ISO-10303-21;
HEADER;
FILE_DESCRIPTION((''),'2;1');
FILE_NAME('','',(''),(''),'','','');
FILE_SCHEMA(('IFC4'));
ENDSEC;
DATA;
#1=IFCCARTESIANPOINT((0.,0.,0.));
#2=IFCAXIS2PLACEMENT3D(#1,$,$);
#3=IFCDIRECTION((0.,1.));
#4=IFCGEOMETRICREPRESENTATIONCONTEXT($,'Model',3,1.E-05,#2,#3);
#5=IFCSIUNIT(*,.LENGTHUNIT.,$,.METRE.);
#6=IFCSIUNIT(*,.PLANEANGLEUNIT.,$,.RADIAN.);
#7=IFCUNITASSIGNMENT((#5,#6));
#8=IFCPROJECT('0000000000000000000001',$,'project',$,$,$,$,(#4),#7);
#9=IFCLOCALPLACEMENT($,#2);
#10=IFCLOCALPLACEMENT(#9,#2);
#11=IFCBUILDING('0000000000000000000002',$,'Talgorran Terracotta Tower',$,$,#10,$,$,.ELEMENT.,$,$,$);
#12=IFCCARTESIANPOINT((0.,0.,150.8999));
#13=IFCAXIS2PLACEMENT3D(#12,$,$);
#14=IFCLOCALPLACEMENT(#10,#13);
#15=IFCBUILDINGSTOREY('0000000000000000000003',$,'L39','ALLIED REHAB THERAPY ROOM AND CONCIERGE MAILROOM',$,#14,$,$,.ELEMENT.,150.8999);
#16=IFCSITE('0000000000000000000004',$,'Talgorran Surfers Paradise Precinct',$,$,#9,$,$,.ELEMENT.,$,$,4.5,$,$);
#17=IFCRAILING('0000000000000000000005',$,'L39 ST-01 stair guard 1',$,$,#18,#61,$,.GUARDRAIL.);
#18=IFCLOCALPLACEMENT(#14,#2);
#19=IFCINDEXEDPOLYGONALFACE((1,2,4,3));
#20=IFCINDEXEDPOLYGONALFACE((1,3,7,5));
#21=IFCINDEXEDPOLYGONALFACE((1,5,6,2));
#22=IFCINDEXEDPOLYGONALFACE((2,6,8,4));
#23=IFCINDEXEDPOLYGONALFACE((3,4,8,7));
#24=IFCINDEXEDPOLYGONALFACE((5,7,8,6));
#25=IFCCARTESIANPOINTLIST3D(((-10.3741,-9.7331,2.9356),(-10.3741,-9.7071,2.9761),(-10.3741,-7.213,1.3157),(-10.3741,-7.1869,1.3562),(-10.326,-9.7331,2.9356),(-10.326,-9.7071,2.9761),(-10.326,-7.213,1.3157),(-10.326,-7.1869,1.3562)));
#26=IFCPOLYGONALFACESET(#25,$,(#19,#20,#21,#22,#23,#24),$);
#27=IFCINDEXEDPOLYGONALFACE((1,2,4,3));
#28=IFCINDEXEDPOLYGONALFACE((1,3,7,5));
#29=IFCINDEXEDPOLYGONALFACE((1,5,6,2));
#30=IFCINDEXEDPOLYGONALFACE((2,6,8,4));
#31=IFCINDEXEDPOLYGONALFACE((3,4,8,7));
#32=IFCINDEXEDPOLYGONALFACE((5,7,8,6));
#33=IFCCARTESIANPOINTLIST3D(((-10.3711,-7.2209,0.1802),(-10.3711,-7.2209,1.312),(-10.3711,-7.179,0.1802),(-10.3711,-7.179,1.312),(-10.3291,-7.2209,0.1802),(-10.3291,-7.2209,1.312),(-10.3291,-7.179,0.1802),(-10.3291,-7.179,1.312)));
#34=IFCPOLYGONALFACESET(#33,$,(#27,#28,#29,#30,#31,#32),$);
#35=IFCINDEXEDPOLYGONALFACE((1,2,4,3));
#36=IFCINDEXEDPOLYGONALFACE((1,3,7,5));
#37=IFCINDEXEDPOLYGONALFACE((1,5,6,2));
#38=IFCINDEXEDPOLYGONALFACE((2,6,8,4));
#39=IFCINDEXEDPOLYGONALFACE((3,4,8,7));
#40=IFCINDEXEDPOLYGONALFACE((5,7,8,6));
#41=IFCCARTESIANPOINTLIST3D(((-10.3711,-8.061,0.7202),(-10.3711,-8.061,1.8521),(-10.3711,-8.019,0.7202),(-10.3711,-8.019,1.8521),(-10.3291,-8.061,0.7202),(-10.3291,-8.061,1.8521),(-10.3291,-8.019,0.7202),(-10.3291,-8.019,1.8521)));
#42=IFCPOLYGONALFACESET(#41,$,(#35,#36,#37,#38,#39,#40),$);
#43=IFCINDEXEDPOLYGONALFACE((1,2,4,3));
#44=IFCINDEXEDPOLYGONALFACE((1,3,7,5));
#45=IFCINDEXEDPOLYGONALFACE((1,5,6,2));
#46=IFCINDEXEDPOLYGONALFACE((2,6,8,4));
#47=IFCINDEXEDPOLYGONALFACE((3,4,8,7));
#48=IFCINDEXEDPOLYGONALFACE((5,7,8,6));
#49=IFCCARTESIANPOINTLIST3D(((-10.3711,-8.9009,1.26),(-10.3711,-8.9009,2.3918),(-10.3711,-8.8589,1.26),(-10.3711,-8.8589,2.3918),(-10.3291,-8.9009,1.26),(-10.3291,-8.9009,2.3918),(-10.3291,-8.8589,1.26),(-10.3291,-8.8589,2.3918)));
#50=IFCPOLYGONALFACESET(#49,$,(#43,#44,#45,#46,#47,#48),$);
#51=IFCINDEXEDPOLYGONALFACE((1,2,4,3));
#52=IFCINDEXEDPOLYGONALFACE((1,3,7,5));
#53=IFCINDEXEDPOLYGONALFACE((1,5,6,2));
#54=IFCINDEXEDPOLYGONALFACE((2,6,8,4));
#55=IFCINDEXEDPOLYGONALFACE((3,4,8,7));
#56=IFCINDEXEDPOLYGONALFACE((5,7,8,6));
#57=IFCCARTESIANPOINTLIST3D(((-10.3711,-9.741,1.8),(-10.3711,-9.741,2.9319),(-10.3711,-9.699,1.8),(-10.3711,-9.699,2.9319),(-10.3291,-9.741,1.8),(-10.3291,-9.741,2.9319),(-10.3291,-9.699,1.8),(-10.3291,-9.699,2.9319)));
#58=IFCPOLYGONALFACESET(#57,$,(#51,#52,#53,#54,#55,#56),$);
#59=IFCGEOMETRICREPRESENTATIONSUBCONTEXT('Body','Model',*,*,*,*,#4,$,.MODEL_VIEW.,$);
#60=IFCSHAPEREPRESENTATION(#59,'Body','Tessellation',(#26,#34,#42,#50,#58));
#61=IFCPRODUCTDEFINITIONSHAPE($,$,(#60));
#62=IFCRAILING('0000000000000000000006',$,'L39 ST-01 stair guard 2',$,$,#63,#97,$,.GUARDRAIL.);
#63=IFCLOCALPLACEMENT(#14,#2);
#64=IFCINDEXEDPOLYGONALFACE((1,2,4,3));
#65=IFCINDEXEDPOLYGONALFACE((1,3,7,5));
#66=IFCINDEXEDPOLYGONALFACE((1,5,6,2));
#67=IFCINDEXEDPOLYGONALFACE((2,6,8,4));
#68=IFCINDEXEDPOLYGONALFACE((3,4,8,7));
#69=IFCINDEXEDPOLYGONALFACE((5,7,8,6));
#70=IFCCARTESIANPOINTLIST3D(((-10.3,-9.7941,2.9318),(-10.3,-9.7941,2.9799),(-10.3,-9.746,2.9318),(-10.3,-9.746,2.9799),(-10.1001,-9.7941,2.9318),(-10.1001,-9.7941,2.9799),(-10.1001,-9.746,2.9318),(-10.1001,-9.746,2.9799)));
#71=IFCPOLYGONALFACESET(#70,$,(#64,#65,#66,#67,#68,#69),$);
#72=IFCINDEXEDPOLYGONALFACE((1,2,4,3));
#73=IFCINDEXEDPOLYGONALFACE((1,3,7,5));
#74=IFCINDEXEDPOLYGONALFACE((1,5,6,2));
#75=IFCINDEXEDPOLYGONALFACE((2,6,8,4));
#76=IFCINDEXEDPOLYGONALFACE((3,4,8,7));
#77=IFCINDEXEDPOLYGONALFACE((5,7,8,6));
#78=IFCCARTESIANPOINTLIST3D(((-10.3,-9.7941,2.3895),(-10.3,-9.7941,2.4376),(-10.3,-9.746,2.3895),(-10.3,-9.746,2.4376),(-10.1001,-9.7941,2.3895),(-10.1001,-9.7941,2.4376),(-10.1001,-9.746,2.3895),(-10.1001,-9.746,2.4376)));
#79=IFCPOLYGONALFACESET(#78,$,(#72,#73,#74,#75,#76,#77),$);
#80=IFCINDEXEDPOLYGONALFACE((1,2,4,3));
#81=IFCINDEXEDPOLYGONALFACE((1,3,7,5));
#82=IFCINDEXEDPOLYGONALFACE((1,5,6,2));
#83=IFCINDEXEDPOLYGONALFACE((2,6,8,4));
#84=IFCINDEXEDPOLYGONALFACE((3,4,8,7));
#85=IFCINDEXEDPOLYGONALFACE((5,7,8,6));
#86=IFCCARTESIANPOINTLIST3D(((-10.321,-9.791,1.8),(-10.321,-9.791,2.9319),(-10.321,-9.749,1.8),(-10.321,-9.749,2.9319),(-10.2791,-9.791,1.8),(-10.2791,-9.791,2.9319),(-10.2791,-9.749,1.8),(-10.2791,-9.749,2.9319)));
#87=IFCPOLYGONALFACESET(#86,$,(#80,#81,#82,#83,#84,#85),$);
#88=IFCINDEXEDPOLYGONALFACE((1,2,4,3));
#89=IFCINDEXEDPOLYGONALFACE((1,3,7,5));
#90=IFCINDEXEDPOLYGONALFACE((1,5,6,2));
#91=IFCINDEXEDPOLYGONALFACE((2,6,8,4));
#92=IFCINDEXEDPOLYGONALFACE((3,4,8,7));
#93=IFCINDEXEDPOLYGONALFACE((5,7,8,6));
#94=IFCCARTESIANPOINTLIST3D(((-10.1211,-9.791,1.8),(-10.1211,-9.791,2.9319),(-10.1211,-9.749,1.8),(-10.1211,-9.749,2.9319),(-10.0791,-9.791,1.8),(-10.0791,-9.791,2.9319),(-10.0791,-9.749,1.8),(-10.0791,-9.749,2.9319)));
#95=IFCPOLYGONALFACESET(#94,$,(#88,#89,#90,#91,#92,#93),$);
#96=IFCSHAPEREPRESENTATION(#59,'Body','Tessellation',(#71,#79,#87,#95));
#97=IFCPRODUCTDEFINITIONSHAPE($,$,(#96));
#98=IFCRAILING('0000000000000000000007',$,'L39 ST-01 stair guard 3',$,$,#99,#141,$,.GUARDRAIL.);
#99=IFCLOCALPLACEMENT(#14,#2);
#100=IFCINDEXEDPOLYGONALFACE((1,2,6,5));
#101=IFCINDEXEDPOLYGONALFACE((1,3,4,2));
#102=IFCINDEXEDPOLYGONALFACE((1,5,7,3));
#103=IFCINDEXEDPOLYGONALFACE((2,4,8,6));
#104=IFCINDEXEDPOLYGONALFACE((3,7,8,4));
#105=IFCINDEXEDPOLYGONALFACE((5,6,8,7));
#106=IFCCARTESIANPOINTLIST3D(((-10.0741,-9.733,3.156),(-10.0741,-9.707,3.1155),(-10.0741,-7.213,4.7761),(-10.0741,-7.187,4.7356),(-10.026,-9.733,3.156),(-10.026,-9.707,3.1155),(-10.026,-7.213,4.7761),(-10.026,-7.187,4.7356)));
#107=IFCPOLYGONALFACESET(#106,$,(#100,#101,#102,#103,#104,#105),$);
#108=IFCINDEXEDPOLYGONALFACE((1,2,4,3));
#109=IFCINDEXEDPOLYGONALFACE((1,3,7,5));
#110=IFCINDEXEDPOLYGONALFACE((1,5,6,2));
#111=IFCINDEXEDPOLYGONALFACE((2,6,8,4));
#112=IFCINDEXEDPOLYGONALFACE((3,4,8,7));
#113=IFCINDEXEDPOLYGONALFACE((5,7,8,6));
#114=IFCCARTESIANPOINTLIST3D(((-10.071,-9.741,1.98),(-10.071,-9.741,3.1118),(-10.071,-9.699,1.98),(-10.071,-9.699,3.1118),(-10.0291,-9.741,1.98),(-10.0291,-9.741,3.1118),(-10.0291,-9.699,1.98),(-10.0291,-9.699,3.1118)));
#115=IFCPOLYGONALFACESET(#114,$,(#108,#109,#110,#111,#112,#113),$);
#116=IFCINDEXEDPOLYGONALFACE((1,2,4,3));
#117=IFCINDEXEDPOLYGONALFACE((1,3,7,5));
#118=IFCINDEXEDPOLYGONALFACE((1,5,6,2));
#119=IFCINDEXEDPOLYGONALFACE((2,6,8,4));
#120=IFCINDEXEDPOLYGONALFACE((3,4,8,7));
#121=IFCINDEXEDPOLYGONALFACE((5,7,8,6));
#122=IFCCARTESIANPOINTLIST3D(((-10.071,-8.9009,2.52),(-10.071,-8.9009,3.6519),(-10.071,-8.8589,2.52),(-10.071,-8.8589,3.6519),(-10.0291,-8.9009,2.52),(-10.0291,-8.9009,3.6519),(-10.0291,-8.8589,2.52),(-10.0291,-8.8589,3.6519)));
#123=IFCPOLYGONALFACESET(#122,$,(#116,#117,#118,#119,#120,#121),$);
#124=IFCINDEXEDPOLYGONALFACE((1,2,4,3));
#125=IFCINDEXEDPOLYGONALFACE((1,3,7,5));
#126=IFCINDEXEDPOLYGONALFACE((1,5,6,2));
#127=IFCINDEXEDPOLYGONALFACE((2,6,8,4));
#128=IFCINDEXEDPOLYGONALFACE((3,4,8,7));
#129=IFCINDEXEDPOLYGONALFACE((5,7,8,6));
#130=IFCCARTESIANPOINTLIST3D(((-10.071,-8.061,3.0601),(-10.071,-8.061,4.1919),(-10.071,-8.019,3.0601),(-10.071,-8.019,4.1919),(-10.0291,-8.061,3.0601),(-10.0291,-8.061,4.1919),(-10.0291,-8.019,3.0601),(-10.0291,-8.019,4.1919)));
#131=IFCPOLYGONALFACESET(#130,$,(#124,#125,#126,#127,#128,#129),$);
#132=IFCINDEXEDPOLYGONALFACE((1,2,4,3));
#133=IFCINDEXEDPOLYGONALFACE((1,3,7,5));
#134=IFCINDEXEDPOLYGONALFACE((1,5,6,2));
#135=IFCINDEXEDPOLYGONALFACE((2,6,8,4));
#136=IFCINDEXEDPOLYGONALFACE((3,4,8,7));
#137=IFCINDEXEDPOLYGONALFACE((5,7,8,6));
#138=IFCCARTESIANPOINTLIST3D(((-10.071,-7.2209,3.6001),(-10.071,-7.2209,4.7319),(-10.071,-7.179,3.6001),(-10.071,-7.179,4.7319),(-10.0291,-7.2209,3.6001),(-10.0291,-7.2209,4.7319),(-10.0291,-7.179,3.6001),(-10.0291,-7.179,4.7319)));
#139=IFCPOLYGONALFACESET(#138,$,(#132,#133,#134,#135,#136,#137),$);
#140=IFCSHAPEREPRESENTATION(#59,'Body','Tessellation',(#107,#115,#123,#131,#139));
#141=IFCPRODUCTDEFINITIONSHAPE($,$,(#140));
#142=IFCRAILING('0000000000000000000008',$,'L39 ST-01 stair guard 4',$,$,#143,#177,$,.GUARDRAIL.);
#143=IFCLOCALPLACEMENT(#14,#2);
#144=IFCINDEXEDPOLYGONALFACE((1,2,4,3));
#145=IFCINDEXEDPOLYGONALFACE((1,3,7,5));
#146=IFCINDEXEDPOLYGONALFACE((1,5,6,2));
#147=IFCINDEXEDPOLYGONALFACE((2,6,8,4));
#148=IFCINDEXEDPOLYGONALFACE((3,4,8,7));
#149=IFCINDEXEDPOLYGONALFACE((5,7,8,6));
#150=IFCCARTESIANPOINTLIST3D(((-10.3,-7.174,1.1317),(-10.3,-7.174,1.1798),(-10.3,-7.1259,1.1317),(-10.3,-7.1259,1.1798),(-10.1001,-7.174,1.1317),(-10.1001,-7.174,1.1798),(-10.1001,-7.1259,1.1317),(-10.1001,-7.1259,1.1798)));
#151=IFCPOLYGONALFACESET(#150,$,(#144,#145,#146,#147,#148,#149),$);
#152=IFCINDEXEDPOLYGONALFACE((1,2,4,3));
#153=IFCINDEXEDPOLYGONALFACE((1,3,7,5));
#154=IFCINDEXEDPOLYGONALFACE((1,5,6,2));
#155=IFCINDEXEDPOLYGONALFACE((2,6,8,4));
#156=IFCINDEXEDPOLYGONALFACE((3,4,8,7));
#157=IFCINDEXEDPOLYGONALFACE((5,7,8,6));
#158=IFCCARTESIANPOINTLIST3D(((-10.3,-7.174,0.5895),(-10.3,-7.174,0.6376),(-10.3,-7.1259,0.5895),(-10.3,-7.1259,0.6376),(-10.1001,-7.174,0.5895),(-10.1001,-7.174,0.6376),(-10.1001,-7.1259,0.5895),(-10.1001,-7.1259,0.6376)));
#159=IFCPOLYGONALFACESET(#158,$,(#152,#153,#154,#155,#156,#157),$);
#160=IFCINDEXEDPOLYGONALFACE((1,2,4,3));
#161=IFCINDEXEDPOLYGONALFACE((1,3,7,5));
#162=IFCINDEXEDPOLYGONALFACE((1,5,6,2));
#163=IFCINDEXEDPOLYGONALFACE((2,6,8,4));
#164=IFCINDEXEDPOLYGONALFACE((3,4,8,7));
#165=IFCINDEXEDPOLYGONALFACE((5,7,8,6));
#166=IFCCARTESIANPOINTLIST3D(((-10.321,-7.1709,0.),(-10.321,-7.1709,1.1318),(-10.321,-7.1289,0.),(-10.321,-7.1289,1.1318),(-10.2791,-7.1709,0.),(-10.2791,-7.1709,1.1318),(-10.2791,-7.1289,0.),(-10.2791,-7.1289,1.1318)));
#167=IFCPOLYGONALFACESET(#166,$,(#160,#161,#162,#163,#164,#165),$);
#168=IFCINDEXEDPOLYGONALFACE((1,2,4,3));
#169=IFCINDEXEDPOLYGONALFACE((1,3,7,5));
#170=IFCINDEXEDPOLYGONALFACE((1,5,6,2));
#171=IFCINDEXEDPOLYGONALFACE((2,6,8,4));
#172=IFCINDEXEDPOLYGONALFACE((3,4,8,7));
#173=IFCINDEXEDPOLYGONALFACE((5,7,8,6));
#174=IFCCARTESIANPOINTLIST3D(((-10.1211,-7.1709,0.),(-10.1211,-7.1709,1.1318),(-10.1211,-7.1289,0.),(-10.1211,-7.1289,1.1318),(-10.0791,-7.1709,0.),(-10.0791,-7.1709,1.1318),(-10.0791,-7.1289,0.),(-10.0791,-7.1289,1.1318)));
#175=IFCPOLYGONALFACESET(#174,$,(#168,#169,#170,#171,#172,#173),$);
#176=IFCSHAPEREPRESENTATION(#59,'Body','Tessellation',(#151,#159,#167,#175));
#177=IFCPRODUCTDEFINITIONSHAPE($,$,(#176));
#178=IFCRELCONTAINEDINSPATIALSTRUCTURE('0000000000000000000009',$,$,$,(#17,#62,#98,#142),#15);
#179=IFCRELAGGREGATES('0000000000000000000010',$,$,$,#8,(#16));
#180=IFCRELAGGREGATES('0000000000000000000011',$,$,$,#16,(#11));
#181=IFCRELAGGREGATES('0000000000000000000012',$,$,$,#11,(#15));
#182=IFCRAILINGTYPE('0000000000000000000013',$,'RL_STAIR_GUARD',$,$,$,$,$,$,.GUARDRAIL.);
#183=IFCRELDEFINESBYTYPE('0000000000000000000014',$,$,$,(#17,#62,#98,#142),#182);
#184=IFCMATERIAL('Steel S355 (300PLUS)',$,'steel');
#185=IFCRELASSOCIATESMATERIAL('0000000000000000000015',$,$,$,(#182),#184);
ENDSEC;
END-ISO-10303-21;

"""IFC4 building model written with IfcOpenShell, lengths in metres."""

from ifc_helpers import new_model, si_unit, direction, frame, origin, origin_2d, place, context, subcontext, project, spatial, rectangle, extrude, material, type_object, element, save


model = new_model("IFC4")

# Units and contexts
model_context = context("Model", 3, precision=1e-05, world=origin(), true_north=direction((0.0, 1.0)))
body_context = subcontext(model_context, "Body", "Model", "MODEL_VIEW")
ifc_project = project(units=[si_unit("LENGTHUNIT", "METRE"), si_unit("PLANEANGLEUNIT", "RADIAN")], contexts=[model_context])

# Site, building, storey
site_placement = place(None, origin())
site = spatial("IfcSite", under=ifc_project, at=site_placement, Name="Talgorran Surfers Paradise Precinct", CompositionType="ELEMENT", RefElevation=4.5)
building_placement = place(site_placement, origin())
building = spatial("IfcBuilding", under=site, at=building_placement, Name="Talgorran Terracotta Tower", CompositionType="ELEMENT")
storey_placement = place(building_placement, frame((0.0, 0.0, 150.8999)))
storey = spatial("IfcBuildingStorey", under=building, at=storey_placement, Name="L39", Description="ALLIED REHAB THERAPY ROOM AND CONCIERGE MAILROOM", CompositionType="ELEMENT", Elevation=150.8999)

# Shared definitions
ifc_material_1 = material(Name="Steel S355 (300PLUS)", Category="steel")

# Railings
railing_type_1 = type_object("IfcRailingType", Name="RL_STAIR_GUARD", PredefinedType="GUARDRAIL", material=ifc_material_1)
railing_1_placement = place(storey_placement, frame((-10.3501, -7.2, 0.1802)))
element("IfcRailing", 1, at=railing_1_placement, inside=storey, type_object=railing_type_1, Name="L39 ST-01 stair guard 1", PredefinedType="GUARDRAIL", context=body_context, shape_type="SweptSolid", body=[
    extrude(rectangle(XDim=0.0481, YDim=0.0481, at=origin_2d()), frame((0.0, 0.0, 1.1558), z_axis=(0.0, -0.8412, 0.540725), x_axis=(1.0, 0.0, 0.0)), (0.0, 0.0, 1.0), 2.9958),
    extrude(rectangle(XDim=0.042, YDim=0.042, at=origin_2d()), origin(), (0.0, 0.0, 1.0), 1.1318),
    extrude(rectangle(XDim=0.042, YDim=0.042, at=origin_2d()), frame((0.0, -0.8401, 0.54)), (0.0, 0.0, 1.0), 1.1318),
    extrude(rectangle(XDim=0.042, YDim=0.042, at=origin_2d()), frame((0.0, -1.6799, 1.0798)), (0.0, 0.0, 1.0), 1.1318),
    extrude(rectangle(XDim=0.042, YDim=0.042, at=origin_2d()), frame((0.0, -2.52, 1.6199)), (0.0, 0.0, 1.0), 1.1318),
])
railing_2_placement = place(storey_placement, frame((-10.3, -9.77, 1.8)))
element("IfcRailing", 2, at=railing_2_placement, inside=storey, type_object=railing_type_1, Name="L39 ST-01 stair guard 2", PredefinedType="GUARDRAIL", context=body_context, shape_type="SweptSolid", body=[
    extrude(rectangle(XDim=0.0481, YDim=0.0481, at=origin_2d()), frame((0.0, 0.0, 1.1558), z_axis=(1.0, 0.0, 0.0), x_axis=(0.0, 1.0, 0.0)), (0.0, 0.0, 1.0), 0.2),
    extrude(rectangle(XDim=0.0481, YDim=0.0481, at=origin_2d()), frame((0.0, 0.0, 0.6135), z_axis=(1.0, 0.0, 0.0), x_axis=(0.0, 1.0, 0.0)), (0.0, 0.0, 1.0), 0.2),
    extrude(rectangle(XDim=0.042, YDim=0.042, at=origin_2d()), origin(), (0.0, 0.0, 1.0), 1.1318),
    extrude(rectangle(XDim=0.042, YDim=0.042, at=origin_2d()), frame((0.2, 0.0, 0.0)), (0.0, 0.0, 1.0), 1.1318),
])
railing_3_placement = place(storey_placement, frame((-10.05, -9.72, 1.98)))
element("IfcRailing", 3, at=railing_3_placement, inside=storey, type_object=railing_type_1, Name="L39 ST-01 stair guard 3", PredefinedType="GUARDRAIL", context=body_context, shape_type="SweptSolid", body=[
    extrude(rectangle(XDim=0.0481, YDim=0.0481, at=origin_2d()), frame((0.0, 0.0, 1.1558), z_axis=(0.0, 0.841163, 0.540782), x_axis=(-1.0, 0.0, 0.0)), (0.0, 0.0, 1.0), 2.9958),
    extrude(rectangle(XDim=0.042, YDim=0.042, at=origin_2d()), origin(), (0.0, 0.0, 1.0), 1.1318),
    extrude(rectangle(XDim=0.042, YDim=0.042, at=origin_2d()), frame((0.0, 0.8401, 0.54)), (0.0, 0.0, 1.0), 1.1318),
    extrude(rectangle(XDim=0.042, YDim=0.042, at=origin_2d()), frame((0.0, 1.6799, 1.0801)), (0.0, 0.0, 1.0), 1.1318),
    extrude(rectangle(XDim=0.042, YDim=0.042, at=origin_2d()), frame((0.0, 2.52, 1.6201)), (0.0, 0.0, 1.0), 1.1318),
])
railing_4_placement = place(storey_placement, frame((-10.3, -7.1499, 0.0)))
element("IfcRailing", 4, at=railing_4_placement, inside=storey, type_object=railing_type_1, Name="L39 ST-01 stair guard 4", PredefinedType="GUARDRAIL", context=body_context, shape_type="SweptSolid", body=[
    extrude(rectangle(XDim=0.0481, YDim=0.0481, at=origin_2d()), frame((0.0, 0.0, 1.1558), z_axis=(1.0, 0.0, 0.0), x_axis=(0.0, 1.0, 0.0)), (0.0, 0.0, 1.0), 0.2),
    extrude(rectangle(XDim=0.0481, YDim=0.0481, at=origin_2d()), frame((0.0, 0.0, 0.6135), z_axis=(1.0, 0.0, 0.0), x_axis=(0.0, 1.0, 0.0)), (0.0, 0.0, 1.0), 0.2),
    extrude(rectangle(XDim=0.042, YDim=0.042, at=origin_2d()), origin(), (0.0, 0.0, 1.0), 1.1318),
    extrude(rectangle(XDim=0.042, YDim=0.042, at=origin_2d()), frame((0.2, 0.0, 0.0)), (0.0, 0.0, 1.0), 1.1318),
])

save(model, "model.ifc")
